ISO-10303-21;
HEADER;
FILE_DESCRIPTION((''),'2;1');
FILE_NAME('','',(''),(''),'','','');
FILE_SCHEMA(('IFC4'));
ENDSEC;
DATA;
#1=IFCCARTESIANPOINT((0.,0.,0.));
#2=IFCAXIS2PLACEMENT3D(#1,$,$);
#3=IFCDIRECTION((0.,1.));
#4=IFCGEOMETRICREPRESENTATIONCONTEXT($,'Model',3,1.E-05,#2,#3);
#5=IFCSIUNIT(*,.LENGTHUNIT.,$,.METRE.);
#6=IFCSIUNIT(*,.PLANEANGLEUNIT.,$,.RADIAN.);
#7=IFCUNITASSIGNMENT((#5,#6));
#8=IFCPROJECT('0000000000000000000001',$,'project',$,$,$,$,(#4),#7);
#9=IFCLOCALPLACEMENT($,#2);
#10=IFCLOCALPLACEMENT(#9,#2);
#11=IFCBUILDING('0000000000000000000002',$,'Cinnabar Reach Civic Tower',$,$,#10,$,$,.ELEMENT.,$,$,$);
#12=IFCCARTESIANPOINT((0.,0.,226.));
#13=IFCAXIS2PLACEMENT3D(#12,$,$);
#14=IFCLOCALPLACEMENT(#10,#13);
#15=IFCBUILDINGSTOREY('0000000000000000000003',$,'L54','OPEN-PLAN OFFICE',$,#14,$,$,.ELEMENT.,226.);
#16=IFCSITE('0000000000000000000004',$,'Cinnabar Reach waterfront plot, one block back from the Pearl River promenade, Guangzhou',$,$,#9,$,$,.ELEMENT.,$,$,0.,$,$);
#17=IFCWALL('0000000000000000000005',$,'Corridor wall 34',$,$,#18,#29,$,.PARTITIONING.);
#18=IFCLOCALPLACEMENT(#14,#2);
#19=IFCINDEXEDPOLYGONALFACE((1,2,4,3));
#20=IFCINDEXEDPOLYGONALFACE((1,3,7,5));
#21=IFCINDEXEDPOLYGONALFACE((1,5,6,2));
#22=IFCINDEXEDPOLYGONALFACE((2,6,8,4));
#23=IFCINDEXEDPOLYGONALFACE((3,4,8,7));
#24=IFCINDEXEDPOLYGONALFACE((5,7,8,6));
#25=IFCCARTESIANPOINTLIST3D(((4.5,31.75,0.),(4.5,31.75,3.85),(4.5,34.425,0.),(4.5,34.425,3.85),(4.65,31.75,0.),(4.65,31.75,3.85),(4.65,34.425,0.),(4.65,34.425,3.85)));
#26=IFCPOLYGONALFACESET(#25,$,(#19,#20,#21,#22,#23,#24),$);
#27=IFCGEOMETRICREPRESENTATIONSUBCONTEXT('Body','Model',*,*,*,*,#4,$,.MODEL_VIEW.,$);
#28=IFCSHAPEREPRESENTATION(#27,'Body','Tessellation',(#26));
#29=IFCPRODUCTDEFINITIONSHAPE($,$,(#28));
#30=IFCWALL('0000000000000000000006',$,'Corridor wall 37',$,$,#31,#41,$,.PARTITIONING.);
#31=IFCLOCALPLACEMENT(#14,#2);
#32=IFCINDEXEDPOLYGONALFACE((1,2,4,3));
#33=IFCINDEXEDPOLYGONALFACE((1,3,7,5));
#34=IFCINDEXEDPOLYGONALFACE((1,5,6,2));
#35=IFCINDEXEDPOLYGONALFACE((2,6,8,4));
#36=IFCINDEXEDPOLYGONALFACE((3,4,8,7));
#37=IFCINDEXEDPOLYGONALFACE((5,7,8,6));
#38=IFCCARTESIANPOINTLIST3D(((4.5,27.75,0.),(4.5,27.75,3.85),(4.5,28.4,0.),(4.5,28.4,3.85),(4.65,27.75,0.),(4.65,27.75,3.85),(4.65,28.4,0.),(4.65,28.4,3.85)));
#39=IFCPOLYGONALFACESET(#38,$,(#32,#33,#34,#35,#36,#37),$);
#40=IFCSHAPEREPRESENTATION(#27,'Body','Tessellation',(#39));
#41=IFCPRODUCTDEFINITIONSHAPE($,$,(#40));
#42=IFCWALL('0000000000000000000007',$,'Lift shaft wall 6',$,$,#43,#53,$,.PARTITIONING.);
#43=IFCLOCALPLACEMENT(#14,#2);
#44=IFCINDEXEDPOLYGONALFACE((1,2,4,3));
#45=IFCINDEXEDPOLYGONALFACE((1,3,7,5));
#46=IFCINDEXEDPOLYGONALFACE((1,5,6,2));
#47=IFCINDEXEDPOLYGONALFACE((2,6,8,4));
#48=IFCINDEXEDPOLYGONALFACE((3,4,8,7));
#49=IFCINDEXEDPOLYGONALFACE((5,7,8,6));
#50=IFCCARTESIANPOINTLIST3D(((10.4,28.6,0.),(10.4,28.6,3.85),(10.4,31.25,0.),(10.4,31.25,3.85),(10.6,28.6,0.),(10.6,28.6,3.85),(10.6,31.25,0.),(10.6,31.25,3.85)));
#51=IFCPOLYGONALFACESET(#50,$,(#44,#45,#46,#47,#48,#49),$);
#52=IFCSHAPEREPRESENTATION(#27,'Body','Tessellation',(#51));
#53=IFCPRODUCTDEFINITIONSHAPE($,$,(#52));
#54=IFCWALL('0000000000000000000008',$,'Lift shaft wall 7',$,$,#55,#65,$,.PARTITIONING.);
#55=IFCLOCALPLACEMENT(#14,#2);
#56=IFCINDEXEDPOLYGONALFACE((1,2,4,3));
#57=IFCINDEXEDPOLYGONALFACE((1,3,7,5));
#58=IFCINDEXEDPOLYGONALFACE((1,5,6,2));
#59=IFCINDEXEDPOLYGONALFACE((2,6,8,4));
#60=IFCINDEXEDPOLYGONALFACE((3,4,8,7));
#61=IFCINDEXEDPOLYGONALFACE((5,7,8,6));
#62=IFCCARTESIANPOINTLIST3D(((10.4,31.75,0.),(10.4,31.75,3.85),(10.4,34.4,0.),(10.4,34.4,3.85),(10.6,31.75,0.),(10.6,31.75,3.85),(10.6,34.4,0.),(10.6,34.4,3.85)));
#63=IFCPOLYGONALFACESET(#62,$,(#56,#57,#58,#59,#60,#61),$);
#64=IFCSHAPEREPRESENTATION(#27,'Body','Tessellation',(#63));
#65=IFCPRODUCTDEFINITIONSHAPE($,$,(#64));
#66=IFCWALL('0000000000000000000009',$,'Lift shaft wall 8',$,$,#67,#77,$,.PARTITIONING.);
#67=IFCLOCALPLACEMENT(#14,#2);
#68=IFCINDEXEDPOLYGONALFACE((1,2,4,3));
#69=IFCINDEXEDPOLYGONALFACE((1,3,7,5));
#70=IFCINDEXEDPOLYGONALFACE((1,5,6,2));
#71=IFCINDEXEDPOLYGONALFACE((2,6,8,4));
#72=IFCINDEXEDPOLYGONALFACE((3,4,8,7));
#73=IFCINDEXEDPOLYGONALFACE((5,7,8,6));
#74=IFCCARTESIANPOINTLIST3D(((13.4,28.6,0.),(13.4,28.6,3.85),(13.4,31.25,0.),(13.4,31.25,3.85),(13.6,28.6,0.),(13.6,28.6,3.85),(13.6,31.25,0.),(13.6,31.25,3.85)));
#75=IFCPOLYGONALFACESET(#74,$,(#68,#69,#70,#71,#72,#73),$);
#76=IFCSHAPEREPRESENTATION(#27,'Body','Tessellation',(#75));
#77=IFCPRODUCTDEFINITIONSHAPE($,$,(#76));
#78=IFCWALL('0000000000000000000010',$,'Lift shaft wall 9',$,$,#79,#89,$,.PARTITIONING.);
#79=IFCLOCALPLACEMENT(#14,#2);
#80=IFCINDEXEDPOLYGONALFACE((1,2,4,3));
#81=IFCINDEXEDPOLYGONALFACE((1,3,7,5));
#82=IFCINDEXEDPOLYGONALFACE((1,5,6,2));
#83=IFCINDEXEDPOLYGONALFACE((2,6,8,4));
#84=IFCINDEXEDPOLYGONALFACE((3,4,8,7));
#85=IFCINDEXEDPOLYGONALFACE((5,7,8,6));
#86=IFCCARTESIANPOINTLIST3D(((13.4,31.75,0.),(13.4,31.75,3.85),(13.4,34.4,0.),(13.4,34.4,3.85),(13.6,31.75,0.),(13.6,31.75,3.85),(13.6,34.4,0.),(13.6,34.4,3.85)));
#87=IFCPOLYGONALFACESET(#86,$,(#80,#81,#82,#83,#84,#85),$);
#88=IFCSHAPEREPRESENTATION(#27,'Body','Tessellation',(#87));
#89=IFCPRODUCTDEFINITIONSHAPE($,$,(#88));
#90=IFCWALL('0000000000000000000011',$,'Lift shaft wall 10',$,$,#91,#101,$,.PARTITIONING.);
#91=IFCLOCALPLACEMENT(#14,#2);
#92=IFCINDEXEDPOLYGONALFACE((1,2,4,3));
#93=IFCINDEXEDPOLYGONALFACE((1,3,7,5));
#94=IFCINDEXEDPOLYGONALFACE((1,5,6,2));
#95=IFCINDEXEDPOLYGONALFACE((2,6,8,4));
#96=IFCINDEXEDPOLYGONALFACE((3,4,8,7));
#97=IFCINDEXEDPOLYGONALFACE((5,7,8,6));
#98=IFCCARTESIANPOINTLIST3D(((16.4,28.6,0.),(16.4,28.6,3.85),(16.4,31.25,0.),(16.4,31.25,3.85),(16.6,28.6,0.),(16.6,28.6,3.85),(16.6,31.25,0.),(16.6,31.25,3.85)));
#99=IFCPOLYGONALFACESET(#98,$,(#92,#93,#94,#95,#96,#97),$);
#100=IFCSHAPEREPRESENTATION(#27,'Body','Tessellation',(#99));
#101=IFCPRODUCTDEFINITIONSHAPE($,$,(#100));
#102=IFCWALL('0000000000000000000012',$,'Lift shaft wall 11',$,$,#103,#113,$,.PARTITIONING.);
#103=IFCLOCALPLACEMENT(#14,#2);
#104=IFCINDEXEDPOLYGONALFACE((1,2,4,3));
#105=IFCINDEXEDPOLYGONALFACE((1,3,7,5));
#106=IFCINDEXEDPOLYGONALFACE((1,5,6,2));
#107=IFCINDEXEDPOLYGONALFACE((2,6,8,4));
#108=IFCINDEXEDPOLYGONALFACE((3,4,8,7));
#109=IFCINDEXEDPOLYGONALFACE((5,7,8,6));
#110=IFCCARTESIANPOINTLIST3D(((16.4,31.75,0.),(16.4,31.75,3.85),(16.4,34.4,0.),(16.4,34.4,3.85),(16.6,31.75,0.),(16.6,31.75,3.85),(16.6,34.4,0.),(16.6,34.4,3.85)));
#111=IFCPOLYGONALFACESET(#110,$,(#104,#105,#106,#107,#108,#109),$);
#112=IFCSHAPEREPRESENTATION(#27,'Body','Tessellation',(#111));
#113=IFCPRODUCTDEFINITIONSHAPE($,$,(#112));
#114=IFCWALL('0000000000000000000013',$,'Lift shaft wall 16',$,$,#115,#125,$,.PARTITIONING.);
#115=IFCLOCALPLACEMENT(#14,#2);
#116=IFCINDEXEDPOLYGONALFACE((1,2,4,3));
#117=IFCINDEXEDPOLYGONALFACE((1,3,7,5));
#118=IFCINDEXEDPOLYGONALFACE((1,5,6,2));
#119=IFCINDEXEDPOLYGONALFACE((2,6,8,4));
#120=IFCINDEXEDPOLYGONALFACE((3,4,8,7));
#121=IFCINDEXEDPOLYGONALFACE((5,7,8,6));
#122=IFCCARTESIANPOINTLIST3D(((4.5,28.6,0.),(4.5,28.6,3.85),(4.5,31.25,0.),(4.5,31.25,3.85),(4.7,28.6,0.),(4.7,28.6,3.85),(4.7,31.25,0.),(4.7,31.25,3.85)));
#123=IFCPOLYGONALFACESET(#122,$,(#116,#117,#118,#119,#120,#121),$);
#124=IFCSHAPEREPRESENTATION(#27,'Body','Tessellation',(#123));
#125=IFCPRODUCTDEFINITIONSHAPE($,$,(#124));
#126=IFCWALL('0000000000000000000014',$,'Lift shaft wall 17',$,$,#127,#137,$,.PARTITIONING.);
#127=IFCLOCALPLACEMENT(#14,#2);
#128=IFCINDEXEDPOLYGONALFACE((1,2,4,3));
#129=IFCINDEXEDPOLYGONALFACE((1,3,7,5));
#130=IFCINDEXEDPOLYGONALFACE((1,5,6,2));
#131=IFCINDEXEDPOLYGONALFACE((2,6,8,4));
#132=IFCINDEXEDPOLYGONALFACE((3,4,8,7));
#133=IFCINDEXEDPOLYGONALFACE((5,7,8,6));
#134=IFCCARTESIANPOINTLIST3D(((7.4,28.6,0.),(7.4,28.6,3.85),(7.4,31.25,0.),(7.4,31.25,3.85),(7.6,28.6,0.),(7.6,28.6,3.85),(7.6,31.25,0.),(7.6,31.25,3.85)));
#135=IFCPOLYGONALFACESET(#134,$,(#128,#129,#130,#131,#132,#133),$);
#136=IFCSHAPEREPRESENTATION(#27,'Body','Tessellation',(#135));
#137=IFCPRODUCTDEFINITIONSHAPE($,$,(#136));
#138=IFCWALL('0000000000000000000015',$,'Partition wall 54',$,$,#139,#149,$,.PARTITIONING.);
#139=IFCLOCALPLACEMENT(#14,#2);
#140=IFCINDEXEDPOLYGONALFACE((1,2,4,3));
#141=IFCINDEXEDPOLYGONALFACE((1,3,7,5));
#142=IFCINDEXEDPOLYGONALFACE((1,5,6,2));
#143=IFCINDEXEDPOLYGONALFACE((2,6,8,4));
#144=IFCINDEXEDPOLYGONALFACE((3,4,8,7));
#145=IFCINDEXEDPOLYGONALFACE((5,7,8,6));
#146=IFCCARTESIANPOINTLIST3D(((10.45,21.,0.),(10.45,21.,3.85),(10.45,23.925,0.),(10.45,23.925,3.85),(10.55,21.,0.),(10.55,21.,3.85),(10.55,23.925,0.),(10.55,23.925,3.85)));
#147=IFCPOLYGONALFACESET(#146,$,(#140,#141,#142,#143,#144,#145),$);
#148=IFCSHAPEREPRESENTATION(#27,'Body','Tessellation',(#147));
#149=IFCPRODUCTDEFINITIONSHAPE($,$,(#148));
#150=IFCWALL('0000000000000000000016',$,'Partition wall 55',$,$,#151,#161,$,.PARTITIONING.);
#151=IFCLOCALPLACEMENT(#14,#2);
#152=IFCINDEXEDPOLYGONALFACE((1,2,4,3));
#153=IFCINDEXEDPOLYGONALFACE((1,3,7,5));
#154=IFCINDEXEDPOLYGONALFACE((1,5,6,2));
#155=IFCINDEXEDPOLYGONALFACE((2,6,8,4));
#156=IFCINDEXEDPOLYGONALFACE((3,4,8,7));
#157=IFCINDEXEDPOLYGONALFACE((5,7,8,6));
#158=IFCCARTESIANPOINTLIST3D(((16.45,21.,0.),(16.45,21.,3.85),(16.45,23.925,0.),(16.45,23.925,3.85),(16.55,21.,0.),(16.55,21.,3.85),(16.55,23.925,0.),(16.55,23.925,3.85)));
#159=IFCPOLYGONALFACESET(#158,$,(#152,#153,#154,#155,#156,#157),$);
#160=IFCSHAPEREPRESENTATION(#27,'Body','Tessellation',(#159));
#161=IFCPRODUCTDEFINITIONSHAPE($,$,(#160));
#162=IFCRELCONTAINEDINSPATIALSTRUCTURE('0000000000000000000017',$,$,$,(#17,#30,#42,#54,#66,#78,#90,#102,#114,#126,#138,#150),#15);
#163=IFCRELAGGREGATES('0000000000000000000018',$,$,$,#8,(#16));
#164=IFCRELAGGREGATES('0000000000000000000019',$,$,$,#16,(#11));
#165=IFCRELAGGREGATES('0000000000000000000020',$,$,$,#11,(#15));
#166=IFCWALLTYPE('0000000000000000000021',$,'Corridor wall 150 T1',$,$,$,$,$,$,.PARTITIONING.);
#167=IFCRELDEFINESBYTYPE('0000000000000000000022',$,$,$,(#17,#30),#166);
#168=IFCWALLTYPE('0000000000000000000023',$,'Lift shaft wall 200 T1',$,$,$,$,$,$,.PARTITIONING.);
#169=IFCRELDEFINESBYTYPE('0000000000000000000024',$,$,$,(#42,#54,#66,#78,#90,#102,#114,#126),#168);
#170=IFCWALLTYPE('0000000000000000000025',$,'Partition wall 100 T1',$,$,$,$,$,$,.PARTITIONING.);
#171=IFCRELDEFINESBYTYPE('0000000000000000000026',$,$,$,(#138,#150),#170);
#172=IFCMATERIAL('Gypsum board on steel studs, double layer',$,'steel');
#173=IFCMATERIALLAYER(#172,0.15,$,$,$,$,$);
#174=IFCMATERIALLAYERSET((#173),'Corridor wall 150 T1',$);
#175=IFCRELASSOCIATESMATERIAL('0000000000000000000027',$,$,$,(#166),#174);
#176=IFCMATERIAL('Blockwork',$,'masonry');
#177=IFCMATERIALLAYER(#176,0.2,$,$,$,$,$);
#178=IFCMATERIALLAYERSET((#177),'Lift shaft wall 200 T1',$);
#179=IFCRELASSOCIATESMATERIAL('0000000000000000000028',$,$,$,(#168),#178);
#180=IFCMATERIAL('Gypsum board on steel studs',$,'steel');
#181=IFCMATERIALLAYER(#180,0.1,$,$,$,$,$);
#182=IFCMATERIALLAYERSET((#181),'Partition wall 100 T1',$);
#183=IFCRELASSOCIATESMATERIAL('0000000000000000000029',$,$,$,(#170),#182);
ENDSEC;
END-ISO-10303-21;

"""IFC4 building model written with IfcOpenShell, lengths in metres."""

from ifc_helpers import new_model, si_unit, direction, frame, frame_2d, origin, place, context, subcontext, project, spatial, rectangle, extrude, material, layer, layer_set, type_object, element, save


model = new_model("IFC4")

# Units and contexts
model_context = context("Model", 3, precision=1e-05, world=origin(), true_north=direction((0.0, 1.0)))
body_context = subcontext(model_context, "Body", "Model", "MODEL_VIEW")
ifc_project = project(units=[si_unit("LENGTHUNIT", "METRE"), si_unit("PLANEANGLEUNIT", "RADIAN")], contexts=[model_context])

# Site, building, storey
site_placement = place(None, origin())
site = spatial("IfcSite", under=ifc_project, at=site_placement, Name="Cinnabar Reach waterfront plot, one block back from the Pearl River promenade, Guangzhou", CompositionType="ELEMENT", RefElevation=0.0)
building_placement = place(site_placement, origin())
building = spatial("IfcBuilding", under=site, at=building_placement, Name="Cinnabar Reach Civic Tower", CompositionType="ELEMENT")
storey_placement = place(building_placement, frame((0.0, 0.0, 226.0)))
storey = spatial("IfcBuildingStorey", under=building, at=storey_placement, Name="L54", Description="OPEN-PLAN OFFICE", CompositionType="ELEMENT", Elevation=226.0)

# Shared definitions
ifc_material_1 = material(Name="Gypsum board on steel studs, double layer", Category="steel")
ifc_layer_1 = layer(ifc_material_1, 0.15)
ifc_layer_set_1 = layer_set([ifc_layer_1], Name="Corridor wall 150 T1")
wall_type_1 = type_object("IfcWallType", Name="Corridor wall 150 T1", PredefinedType="PARTITIONING", material=ifc_layer_set_1)

# Walls
wall_1_placement = place(storey_placement, frame((4.575, 31.75, 0.0), z_axis=(0.0, 0.0, 1.0), x_axis=(0.0, 1.0, 0.0)))
element("IfcWall", 1, at=wall_1_placement, inside=storey, type_object=wall_type_1, Name="Corridor wall 34", PredefinedType="PARTITIONING", context=body_context, shape_type="SweptSolid", body=[
    extrude(rectangle(XDim=2.675, YDim=0.15, at=frame_2d((1.3375, 0.0))), origin(), (0.0, 0.0, 1.0), 3.85),
])
wall_2_placement = place(storey_placement, frame((4.575, 27.75, 0.0), z_axis=(0.0, 0.0, 1.0), x_axis=(0.0, 1.0, 0.0)))
element("IfcWall", 2, at=wall_2_placement, inside=storey, type_object=wall_type_1, Name="Corridor wall 37", PredefinedType="PARTITIONING", context=body_context, shape_type="SweptSolid", body=[
    extrude(rectangle(XDim=0.65, YDim=0.15, at=frame_2d((0.325, 0.0))), origin(), (0.0, 0.0, 1.0), 3.85),
])
ifc_material_2 = material(Name="Blockwork", Category="masonry")
ifc_layer_2 = layer(ifc_material_2, 0.2)
ifc_layer_set_2 = layer_set([ifc_layer_2], Name="Lift shaft wall 200 T1")
wall_type_2 = type_object("IfcWallType", Name="Lift shaft wall 200 T1", PredefinedType="PARTITIONING", material=ifc_layer_set_2)
for number, where, z_axis, x_axis, name in (
    (3, (10.5, 28.6, 0.0), (0.0, 0.0, 1.0), (0.0, 1.0, 0.0), "Lift shaft wall 6"),
    (4, (10.5, 31.75, 0.0), (0.0, 0.0, 1.0), (0.0, 1.0, 0.0), "Lift shaft wall 7"),
    (5, (13.5, 28.6, 0.0), (0.0, 0.0, 1.0), (0.0, 1.0, 0.0), "Lift shaft wall 8"),
    (6, (13.5, 31.75, 0.0), (0.0, 0.0, 1.0), (0.0, 1.0, 0.0), "Lift shaft wall 9"),
    (7, (16.5, 28.6, 0.0), (0.0, 0.0, 1.0), (0.0, 1.0, 0.0), "Lift shaft wall 10"),
    (8, (16.5, 31.75, 0.0), (0.0, 0.0, 1.0), (0.0, 1.0, 0.0), "Lift shaft wall 11"),
    (9, (4.6, 28.6, 0.0), (0.0, 0.0, 1.0), (0.0, 1.0, 0.0), "Lift shaft wall 16"),
    (10, (7.5, 28.6, 0.0), (0.0, 0.0, 1.0), (0.0, 1.0, 0.0), "Lift shaft wall 17"),
):
    element("IfcWall", number, at=place(storey_placement, frame(where, z_axis=z_axis, x_axis=x_axis)), inside=storey, type_object=wall_type_2, Name=name, PredefinedType="PARTITIONING", context=body_context, shape_type="SweptSolid", body=[
        extrude(rectangle(XDim=2.65, YDim=0.2, at=frame_2d((1.325, 0.0))), origin(), (0.0, 0.0, 1.0), 3.85),
    ])
ifc_material_3 = material(Name="Gypsum board on steel studs", Category="steel")
ifc_layer_3 = layer(ifc_material_3, 0.1)
ifc_layer_set_3 = layer_set([ifc_layer_3], Name="Partition wall 100 T1")
wall_type_3 = type_object("IfcWallType", Name="Partition wall 100 T1", PredefinedType="PARTITIONING", material=ifc_layer_set_3)
for number, where, z_axis, x_axis, name in (
    (11, (10.5, 21.0, 0.0), (0.0, 0.0, 1.0), (0.0, 1.0, 0.0), "Partition wall 54"),
    (12, (16.5, 21.0, 0.0), (0.0, 0.0, 1.0), (0.0, 1.0, 0.0), "Partition wall 55"),
):
    element("IfcWall", number, at=place(storey_placement, frame(where, z_axis=z_axis, x_axis=x_axis)), inside=storey, type_object=wall_type_3, Name=name, PredefinedType="PARTITIONING", context=body_context, shape_type="SweptSolid", body=[
        extrude(rectangle(XDim=2.925, YDim=0.1, at=frame_2d((1.4625, 0.0))), origin(), (0.0, 0.0, 1.0), 3.85),
    ])

save(model, "model.ifc")
